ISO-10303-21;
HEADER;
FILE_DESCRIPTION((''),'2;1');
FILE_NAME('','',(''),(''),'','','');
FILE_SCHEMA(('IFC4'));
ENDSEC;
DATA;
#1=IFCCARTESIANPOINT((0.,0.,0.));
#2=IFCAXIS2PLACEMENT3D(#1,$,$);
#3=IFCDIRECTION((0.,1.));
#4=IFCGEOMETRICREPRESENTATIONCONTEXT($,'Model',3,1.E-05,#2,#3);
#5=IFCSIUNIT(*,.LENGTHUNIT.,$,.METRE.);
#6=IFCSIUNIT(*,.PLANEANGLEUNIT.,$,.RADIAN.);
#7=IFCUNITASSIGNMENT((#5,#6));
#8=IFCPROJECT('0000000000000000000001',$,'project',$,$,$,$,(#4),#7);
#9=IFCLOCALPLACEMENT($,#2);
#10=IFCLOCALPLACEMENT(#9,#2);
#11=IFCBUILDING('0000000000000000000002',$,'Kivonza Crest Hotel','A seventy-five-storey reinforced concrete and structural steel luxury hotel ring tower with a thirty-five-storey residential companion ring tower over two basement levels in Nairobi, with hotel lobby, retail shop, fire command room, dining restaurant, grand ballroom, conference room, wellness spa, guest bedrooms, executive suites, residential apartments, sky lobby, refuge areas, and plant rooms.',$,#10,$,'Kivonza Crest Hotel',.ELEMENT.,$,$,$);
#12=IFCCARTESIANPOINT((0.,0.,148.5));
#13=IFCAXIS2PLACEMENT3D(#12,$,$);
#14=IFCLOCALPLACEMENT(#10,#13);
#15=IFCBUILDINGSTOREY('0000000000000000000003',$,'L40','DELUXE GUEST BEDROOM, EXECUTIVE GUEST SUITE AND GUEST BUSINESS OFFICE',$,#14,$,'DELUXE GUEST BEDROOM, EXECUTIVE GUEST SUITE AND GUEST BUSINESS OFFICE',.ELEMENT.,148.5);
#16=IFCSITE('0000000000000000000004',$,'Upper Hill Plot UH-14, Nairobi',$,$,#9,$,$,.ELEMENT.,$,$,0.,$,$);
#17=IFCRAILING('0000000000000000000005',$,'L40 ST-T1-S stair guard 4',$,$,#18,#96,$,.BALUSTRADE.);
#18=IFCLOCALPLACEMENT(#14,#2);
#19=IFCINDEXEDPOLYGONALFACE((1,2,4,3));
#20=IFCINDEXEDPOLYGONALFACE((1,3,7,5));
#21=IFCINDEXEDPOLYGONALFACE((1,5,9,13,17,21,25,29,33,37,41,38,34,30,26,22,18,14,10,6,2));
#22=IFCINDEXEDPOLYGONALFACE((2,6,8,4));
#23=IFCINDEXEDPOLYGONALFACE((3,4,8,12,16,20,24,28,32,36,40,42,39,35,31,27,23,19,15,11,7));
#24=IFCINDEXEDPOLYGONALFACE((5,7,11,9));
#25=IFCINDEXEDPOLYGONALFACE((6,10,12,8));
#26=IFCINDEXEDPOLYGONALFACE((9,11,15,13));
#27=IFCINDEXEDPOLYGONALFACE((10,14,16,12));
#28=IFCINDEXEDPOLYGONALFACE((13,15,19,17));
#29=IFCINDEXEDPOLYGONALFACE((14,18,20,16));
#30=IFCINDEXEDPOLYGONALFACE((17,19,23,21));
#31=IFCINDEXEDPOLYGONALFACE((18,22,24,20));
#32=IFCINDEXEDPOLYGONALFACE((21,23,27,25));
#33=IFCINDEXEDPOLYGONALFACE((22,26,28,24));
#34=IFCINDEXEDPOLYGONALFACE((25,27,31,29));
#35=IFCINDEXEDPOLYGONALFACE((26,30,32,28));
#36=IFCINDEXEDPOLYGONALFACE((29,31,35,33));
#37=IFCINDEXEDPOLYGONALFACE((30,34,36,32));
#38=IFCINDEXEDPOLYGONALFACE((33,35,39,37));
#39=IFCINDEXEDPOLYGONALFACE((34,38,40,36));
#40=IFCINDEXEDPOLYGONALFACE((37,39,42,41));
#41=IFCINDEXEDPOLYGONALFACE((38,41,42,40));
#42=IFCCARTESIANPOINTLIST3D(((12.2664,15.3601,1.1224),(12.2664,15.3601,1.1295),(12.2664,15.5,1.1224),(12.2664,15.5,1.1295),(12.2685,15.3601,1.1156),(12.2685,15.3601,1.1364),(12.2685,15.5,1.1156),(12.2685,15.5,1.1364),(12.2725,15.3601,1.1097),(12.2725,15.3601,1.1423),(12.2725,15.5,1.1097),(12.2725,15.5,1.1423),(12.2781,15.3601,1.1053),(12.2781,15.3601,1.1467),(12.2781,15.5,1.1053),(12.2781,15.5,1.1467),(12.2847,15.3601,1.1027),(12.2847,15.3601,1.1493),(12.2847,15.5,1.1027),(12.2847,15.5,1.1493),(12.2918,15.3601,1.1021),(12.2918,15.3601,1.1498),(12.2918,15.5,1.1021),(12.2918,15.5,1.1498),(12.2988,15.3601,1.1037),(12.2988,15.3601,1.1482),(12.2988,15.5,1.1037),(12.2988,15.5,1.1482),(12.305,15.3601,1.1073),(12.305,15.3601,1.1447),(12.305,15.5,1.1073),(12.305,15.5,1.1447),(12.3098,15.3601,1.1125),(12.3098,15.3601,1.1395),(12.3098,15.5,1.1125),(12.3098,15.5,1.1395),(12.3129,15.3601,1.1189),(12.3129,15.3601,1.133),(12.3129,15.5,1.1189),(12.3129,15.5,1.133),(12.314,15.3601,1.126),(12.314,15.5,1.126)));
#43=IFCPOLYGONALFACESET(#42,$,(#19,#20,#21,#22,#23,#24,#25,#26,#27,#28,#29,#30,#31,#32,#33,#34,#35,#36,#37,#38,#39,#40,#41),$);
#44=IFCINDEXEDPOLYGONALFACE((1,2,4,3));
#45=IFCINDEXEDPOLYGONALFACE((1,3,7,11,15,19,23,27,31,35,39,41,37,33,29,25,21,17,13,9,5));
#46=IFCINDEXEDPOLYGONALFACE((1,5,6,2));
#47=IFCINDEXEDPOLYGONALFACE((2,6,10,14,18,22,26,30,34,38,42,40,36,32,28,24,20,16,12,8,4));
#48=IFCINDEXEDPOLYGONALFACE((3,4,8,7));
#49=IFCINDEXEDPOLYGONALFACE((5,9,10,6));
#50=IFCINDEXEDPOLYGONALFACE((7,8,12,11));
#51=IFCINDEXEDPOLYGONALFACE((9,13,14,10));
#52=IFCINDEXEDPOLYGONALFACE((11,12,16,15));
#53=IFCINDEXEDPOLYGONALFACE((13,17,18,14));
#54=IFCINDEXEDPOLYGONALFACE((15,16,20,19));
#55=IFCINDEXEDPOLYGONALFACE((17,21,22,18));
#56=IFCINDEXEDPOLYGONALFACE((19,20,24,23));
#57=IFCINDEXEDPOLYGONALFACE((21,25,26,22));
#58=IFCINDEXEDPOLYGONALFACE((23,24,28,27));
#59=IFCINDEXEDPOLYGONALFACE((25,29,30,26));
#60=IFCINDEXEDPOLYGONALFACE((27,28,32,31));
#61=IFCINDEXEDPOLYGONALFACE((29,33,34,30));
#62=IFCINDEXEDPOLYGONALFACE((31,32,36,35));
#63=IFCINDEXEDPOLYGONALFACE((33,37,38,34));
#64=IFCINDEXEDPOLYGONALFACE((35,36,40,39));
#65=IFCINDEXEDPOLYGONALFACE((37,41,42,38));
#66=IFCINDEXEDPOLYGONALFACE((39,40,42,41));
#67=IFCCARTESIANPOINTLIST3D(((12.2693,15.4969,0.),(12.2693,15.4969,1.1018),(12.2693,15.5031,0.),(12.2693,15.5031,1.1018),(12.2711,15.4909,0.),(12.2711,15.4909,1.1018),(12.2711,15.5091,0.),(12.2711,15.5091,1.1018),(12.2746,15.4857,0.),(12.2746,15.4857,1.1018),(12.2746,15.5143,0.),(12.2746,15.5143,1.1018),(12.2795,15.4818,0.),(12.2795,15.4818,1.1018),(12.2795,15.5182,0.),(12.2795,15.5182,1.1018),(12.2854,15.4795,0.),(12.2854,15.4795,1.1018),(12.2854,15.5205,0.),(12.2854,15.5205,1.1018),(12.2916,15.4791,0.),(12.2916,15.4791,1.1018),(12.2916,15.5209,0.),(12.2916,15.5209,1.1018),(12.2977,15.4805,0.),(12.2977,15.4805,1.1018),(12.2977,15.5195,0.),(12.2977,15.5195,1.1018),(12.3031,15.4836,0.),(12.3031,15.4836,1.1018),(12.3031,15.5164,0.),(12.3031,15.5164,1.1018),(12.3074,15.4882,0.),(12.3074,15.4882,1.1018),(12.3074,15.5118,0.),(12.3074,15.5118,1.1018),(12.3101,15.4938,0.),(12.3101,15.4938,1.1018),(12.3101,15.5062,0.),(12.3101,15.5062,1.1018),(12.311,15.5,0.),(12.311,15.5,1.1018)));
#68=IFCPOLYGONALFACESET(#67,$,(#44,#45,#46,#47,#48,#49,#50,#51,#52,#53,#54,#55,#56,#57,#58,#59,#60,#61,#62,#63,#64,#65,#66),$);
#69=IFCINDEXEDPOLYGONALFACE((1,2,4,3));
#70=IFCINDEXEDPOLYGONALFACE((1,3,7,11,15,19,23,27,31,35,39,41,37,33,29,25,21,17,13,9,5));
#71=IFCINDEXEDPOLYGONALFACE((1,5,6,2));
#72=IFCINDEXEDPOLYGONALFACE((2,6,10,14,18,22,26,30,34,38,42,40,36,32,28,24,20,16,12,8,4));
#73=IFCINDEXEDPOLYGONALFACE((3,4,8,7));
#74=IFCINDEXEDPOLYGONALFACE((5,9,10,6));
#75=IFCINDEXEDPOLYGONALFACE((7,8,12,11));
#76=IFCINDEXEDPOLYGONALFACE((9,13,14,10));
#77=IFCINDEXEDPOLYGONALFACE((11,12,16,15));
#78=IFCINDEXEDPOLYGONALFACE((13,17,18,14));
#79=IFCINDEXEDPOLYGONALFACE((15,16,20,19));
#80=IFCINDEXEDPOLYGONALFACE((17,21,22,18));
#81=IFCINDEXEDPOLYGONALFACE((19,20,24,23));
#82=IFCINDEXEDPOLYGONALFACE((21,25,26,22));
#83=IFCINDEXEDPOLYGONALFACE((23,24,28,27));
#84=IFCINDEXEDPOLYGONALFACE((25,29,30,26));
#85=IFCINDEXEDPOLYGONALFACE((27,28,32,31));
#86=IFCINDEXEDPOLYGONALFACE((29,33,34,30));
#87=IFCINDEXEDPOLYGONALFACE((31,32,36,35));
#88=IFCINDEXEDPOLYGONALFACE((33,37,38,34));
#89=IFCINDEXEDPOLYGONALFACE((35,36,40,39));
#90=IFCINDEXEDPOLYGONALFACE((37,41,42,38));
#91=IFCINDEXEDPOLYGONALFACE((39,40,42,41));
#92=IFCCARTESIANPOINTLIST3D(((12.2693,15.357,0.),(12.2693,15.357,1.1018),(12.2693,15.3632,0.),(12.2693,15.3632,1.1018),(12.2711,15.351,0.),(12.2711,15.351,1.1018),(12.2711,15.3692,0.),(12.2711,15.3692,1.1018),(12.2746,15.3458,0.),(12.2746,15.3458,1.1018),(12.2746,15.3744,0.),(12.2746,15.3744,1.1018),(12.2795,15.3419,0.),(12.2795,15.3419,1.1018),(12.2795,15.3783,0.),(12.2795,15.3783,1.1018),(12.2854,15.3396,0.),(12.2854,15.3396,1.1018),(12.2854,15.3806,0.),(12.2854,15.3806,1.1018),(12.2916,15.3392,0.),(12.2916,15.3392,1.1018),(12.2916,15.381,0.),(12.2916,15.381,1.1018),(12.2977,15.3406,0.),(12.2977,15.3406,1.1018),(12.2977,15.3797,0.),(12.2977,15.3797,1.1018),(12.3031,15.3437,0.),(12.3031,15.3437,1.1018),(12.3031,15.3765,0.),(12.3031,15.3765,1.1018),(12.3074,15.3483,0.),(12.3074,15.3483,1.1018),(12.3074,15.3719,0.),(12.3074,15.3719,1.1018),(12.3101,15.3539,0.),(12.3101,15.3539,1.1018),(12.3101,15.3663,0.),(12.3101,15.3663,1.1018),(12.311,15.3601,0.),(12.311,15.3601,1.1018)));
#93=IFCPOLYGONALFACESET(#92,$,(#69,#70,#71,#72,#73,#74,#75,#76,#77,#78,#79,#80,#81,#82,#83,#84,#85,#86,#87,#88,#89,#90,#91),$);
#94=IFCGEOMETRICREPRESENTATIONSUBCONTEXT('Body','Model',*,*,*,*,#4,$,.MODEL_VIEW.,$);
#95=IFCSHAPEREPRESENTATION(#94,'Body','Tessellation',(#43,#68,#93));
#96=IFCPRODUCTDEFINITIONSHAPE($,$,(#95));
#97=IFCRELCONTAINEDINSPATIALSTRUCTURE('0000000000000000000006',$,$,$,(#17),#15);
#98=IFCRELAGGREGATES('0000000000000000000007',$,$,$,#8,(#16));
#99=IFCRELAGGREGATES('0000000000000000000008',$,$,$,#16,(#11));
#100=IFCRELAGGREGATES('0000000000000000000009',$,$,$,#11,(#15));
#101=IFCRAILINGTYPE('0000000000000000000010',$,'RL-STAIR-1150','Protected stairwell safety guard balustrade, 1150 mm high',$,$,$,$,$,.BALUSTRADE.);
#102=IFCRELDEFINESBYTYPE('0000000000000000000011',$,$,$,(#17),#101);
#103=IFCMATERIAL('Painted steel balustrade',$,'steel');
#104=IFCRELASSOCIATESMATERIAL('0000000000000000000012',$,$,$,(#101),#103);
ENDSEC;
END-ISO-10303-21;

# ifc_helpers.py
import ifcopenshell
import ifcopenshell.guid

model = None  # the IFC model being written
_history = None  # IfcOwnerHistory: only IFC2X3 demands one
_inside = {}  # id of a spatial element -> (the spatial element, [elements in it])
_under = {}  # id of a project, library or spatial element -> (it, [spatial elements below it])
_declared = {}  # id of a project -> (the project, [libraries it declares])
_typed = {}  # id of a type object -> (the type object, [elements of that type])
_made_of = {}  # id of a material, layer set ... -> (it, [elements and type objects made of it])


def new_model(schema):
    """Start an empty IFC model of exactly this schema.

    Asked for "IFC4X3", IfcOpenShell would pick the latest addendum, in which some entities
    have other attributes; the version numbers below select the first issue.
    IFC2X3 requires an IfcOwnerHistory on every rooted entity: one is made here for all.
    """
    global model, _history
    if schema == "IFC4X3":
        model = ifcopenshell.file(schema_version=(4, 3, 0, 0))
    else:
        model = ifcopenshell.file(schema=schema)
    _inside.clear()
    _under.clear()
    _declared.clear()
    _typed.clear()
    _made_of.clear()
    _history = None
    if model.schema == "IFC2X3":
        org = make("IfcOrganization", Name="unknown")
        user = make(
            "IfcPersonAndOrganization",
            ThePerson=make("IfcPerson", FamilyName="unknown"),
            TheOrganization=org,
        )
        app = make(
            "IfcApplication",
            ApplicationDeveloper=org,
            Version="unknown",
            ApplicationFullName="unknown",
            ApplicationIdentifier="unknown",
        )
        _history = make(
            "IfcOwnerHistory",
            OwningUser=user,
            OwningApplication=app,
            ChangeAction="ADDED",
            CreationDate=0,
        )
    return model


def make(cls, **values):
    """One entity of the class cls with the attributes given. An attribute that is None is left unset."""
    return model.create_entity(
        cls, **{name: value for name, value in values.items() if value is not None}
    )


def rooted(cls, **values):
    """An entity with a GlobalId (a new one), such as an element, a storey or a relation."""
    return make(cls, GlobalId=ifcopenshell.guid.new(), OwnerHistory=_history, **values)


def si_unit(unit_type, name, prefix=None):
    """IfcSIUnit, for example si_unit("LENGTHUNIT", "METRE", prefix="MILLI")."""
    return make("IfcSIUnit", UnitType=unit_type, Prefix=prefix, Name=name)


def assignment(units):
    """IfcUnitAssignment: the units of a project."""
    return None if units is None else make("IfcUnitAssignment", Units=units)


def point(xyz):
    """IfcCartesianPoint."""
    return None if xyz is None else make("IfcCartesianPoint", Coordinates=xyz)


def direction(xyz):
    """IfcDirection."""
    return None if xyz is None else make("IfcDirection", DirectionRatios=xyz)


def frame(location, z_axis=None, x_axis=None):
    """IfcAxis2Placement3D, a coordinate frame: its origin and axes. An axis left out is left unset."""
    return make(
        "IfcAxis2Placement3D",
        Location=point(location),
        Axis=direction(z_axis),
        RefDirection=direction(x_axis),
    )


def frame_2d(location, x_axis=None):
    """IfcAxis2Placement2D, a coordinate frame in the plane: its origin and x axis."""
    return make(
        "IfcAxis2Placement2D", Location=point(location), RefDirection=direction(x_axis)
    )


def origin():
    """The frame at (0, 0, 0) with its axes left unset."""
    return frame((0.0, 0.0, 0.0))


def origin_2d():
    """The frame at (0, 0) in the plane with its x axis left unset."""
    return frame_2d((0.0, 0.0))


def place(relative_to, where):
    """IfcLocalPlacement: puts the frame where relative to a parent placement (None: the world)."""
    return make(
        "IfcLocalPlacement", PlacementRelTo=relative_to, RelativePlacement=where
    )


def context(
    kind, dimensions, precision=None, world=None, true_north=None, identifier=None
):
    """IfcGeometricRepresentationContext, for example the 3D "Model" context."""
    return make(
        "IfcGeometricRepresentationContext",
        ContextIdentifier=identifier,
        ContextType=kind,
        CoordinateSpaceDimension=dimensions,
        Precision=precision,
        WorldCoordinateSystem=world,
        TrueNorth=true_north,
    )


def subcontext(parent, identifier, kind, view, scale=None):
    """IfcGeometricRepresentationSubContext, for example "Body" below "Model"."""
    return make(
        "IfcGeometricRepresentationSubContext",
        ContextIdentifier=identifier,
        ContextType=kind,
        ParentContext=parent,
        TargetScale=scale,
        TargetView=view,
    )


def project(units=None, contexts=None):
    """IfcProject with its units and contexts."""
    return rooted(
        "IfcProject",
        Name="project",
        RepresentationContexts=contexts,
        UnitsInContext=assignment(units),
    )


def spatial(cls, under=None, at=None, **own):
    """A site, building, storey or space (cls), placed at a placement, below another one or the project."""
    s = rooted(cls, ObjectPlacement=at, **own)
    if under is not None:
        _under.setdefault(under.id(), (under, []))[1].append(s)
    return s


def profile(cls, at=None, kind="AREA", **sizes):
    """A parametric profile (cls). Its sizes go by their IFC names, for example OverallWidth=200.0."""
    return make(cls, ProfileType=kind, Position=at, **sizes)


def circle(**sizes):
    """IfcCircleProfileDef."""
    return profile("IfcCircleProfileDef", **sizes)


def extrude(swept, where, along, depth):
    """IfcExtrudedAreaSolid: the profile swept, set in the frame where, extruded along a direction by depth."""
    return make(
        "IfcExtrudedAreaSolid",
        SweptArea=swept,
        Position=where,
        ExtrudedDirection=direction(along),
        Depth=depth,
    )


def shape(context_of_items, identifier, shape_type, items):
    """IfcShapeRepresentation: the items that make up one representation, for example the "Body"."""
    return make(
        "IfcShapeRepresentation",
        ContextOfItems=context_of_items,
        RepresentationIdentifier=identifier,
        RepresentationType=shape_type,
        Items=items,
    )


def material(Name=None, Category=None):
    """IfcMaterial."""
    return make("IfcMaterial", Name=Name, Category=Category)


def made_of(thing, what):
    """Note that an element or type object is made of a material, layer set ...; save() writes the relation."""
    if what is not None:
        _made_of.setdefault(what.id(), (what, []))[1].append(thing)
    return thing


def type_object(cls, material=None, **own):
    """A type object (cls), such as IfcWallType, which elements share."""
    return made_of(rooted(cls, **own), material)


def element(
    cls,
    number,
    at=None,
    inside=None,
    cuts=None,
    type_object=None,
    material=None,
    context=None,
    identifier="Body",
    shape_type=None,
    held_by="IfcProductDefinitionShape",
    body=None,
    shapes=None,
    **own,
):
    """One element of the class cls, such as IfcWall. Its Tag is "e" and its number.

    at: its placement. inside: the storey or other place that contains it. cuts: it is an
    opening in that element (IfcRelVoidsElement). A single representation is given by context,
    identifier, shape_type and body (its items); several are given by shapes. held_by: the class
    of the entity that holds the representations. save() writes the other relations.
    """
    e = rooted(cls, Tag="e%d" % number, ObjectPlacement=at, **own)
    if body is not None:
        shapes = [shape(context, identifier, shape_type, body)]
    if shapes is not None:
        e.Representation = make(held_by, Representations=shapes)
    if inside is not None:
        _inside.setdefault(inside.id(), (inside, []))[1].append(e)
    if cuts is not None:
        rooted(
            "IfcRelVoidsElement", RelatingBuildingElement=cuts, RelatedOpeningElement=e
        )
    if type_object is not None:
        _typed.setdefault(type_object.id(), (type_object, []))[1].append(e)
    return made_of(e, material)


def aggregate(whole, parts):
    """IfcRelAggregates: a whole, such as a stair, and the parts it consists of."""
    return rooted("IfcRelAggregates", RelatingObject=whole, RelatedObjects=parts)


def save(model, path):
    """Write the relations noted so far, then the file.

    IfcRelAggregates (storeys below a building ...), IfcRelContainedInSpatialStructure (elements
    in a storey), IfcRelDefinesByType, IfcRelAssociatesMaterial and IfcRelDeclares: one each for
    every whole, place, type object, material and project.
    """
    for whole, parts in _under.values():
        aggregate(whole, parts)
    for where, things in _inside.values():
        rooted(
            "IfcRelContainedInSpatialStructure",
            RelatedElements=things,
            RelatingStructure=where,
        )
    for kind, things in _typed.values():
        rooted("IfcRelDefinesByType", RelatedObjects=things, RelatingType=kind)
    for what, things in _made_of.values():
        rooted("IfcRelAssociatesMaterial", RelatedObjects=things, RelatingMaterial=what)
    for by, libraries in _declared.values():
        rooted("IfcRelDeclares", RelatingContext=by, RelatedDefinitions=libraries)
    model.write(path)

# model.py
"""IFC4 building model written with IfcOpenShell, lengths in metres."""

from ifc_helpers import new_model, si_unit, direction, frame, origin, origin_2d, place, context, subcontext, project, spatial, circle, extrude, material, type_object, element, save


model = new_model("IFC4")

# Units and contexts
model_context = context("Model", 3, precision=1e-05, world=origin(), true_north=direction((0.0, 1.0)))
body_context = subcontext(model_context, "Body", "Model", "MODEL_VIEW")
ifc_project = project(units=[si_unit("LENGTHUNIT", "METRE"), si_unit("PLANEANGLEUNIT", "RADIAN")], contexts=[model_context])

# Site, building, storey
site_placement = place(None, origin())
site = spatial("IfcSite", under=ifc_project, at=site_placement, Name="Upper Hill Plot UH-14, Nairobi", CompositionType="ELEMENT", RefElevation=0.0)
building_placement = place(site_placement, origin())
building = spatial("IfcBuilding", under=site, at=building_placement, Name="Kivonza Crest Hotel", Description="A seventy-five-storey reinforced concrete and structural steel luxury hotel ring tower with a thirty-five-storey residential companion ring tower over two basement levels in Nairobi, with hotel lobby, retail shop, fire command room, dining restaurant, grand ballroom, conference room, wellness spa, guest bedrooms, executive suites, residential apartments, sky lobby, refuge areas, and plant rooms.", LongName="Kivonza Crest Hotel", CompositionType="ELEMENT")
storey_placement = place(building_placement, frame((0.0, 0.0, 148.5)))
storey = spatial("IfcBuildingStorey", under=building, at=storey_placement, Name="L40", Description="DELUXE GUEST BEDROOM, EXECUTIVE GUEST SUITE AND GUEST BUSINESS OFFICE", LongName="DELUXE GUEST BEDROOM, EXECUTIVE GUEST SUITE AND GUEST BUSINESS OFFICE", CompositionType="ELEMENT", Elevation=148.5)

# Railing
ifc_material_1 = material(Name="Painted steel balustrade", Category="steel")
railing_type_1 = type_object("IfcRailingType", Name="RL-STAIR-1150", Description="Protected stairwell safety guard balustrade, 1150 mm high", PredefinedType="BALUSTRADE", material=ifc_material_1)
railing_1_placement = place(storey_placement, frame((12.29, 15.5, 0.0)))
element("IfcRailing", 1, at=railing_1_placement, inside=storey, type_object=railing_type_1, Name="L40 ST-T1-S stair guard 4", PredefinedType="BALUSTRADE", context=body_context, shape_type="SweptSolid", body=[
    extrude(circle(Radius=0.0239, at=origin_2d()), frame((0.0, 0.0, 1.126), z_axis=(0.0, -1.0, 0.0), x_axis=(1.0, 0.0, 0.0)), (0.0, 0.0, 1.0), 0.1399),
    extrude(circle(Radius=0.021, at=origin_2d()), origin(), (0.0, 0.0, 1.0), 1.1018),
    extrude(circle(Radius=0.021, at=origin_2d()), frame((0.0, -0.1399, 0.0)), (0.0, 0.0, 1.0), 1.1018),
])

save(model, "model.ifc")
